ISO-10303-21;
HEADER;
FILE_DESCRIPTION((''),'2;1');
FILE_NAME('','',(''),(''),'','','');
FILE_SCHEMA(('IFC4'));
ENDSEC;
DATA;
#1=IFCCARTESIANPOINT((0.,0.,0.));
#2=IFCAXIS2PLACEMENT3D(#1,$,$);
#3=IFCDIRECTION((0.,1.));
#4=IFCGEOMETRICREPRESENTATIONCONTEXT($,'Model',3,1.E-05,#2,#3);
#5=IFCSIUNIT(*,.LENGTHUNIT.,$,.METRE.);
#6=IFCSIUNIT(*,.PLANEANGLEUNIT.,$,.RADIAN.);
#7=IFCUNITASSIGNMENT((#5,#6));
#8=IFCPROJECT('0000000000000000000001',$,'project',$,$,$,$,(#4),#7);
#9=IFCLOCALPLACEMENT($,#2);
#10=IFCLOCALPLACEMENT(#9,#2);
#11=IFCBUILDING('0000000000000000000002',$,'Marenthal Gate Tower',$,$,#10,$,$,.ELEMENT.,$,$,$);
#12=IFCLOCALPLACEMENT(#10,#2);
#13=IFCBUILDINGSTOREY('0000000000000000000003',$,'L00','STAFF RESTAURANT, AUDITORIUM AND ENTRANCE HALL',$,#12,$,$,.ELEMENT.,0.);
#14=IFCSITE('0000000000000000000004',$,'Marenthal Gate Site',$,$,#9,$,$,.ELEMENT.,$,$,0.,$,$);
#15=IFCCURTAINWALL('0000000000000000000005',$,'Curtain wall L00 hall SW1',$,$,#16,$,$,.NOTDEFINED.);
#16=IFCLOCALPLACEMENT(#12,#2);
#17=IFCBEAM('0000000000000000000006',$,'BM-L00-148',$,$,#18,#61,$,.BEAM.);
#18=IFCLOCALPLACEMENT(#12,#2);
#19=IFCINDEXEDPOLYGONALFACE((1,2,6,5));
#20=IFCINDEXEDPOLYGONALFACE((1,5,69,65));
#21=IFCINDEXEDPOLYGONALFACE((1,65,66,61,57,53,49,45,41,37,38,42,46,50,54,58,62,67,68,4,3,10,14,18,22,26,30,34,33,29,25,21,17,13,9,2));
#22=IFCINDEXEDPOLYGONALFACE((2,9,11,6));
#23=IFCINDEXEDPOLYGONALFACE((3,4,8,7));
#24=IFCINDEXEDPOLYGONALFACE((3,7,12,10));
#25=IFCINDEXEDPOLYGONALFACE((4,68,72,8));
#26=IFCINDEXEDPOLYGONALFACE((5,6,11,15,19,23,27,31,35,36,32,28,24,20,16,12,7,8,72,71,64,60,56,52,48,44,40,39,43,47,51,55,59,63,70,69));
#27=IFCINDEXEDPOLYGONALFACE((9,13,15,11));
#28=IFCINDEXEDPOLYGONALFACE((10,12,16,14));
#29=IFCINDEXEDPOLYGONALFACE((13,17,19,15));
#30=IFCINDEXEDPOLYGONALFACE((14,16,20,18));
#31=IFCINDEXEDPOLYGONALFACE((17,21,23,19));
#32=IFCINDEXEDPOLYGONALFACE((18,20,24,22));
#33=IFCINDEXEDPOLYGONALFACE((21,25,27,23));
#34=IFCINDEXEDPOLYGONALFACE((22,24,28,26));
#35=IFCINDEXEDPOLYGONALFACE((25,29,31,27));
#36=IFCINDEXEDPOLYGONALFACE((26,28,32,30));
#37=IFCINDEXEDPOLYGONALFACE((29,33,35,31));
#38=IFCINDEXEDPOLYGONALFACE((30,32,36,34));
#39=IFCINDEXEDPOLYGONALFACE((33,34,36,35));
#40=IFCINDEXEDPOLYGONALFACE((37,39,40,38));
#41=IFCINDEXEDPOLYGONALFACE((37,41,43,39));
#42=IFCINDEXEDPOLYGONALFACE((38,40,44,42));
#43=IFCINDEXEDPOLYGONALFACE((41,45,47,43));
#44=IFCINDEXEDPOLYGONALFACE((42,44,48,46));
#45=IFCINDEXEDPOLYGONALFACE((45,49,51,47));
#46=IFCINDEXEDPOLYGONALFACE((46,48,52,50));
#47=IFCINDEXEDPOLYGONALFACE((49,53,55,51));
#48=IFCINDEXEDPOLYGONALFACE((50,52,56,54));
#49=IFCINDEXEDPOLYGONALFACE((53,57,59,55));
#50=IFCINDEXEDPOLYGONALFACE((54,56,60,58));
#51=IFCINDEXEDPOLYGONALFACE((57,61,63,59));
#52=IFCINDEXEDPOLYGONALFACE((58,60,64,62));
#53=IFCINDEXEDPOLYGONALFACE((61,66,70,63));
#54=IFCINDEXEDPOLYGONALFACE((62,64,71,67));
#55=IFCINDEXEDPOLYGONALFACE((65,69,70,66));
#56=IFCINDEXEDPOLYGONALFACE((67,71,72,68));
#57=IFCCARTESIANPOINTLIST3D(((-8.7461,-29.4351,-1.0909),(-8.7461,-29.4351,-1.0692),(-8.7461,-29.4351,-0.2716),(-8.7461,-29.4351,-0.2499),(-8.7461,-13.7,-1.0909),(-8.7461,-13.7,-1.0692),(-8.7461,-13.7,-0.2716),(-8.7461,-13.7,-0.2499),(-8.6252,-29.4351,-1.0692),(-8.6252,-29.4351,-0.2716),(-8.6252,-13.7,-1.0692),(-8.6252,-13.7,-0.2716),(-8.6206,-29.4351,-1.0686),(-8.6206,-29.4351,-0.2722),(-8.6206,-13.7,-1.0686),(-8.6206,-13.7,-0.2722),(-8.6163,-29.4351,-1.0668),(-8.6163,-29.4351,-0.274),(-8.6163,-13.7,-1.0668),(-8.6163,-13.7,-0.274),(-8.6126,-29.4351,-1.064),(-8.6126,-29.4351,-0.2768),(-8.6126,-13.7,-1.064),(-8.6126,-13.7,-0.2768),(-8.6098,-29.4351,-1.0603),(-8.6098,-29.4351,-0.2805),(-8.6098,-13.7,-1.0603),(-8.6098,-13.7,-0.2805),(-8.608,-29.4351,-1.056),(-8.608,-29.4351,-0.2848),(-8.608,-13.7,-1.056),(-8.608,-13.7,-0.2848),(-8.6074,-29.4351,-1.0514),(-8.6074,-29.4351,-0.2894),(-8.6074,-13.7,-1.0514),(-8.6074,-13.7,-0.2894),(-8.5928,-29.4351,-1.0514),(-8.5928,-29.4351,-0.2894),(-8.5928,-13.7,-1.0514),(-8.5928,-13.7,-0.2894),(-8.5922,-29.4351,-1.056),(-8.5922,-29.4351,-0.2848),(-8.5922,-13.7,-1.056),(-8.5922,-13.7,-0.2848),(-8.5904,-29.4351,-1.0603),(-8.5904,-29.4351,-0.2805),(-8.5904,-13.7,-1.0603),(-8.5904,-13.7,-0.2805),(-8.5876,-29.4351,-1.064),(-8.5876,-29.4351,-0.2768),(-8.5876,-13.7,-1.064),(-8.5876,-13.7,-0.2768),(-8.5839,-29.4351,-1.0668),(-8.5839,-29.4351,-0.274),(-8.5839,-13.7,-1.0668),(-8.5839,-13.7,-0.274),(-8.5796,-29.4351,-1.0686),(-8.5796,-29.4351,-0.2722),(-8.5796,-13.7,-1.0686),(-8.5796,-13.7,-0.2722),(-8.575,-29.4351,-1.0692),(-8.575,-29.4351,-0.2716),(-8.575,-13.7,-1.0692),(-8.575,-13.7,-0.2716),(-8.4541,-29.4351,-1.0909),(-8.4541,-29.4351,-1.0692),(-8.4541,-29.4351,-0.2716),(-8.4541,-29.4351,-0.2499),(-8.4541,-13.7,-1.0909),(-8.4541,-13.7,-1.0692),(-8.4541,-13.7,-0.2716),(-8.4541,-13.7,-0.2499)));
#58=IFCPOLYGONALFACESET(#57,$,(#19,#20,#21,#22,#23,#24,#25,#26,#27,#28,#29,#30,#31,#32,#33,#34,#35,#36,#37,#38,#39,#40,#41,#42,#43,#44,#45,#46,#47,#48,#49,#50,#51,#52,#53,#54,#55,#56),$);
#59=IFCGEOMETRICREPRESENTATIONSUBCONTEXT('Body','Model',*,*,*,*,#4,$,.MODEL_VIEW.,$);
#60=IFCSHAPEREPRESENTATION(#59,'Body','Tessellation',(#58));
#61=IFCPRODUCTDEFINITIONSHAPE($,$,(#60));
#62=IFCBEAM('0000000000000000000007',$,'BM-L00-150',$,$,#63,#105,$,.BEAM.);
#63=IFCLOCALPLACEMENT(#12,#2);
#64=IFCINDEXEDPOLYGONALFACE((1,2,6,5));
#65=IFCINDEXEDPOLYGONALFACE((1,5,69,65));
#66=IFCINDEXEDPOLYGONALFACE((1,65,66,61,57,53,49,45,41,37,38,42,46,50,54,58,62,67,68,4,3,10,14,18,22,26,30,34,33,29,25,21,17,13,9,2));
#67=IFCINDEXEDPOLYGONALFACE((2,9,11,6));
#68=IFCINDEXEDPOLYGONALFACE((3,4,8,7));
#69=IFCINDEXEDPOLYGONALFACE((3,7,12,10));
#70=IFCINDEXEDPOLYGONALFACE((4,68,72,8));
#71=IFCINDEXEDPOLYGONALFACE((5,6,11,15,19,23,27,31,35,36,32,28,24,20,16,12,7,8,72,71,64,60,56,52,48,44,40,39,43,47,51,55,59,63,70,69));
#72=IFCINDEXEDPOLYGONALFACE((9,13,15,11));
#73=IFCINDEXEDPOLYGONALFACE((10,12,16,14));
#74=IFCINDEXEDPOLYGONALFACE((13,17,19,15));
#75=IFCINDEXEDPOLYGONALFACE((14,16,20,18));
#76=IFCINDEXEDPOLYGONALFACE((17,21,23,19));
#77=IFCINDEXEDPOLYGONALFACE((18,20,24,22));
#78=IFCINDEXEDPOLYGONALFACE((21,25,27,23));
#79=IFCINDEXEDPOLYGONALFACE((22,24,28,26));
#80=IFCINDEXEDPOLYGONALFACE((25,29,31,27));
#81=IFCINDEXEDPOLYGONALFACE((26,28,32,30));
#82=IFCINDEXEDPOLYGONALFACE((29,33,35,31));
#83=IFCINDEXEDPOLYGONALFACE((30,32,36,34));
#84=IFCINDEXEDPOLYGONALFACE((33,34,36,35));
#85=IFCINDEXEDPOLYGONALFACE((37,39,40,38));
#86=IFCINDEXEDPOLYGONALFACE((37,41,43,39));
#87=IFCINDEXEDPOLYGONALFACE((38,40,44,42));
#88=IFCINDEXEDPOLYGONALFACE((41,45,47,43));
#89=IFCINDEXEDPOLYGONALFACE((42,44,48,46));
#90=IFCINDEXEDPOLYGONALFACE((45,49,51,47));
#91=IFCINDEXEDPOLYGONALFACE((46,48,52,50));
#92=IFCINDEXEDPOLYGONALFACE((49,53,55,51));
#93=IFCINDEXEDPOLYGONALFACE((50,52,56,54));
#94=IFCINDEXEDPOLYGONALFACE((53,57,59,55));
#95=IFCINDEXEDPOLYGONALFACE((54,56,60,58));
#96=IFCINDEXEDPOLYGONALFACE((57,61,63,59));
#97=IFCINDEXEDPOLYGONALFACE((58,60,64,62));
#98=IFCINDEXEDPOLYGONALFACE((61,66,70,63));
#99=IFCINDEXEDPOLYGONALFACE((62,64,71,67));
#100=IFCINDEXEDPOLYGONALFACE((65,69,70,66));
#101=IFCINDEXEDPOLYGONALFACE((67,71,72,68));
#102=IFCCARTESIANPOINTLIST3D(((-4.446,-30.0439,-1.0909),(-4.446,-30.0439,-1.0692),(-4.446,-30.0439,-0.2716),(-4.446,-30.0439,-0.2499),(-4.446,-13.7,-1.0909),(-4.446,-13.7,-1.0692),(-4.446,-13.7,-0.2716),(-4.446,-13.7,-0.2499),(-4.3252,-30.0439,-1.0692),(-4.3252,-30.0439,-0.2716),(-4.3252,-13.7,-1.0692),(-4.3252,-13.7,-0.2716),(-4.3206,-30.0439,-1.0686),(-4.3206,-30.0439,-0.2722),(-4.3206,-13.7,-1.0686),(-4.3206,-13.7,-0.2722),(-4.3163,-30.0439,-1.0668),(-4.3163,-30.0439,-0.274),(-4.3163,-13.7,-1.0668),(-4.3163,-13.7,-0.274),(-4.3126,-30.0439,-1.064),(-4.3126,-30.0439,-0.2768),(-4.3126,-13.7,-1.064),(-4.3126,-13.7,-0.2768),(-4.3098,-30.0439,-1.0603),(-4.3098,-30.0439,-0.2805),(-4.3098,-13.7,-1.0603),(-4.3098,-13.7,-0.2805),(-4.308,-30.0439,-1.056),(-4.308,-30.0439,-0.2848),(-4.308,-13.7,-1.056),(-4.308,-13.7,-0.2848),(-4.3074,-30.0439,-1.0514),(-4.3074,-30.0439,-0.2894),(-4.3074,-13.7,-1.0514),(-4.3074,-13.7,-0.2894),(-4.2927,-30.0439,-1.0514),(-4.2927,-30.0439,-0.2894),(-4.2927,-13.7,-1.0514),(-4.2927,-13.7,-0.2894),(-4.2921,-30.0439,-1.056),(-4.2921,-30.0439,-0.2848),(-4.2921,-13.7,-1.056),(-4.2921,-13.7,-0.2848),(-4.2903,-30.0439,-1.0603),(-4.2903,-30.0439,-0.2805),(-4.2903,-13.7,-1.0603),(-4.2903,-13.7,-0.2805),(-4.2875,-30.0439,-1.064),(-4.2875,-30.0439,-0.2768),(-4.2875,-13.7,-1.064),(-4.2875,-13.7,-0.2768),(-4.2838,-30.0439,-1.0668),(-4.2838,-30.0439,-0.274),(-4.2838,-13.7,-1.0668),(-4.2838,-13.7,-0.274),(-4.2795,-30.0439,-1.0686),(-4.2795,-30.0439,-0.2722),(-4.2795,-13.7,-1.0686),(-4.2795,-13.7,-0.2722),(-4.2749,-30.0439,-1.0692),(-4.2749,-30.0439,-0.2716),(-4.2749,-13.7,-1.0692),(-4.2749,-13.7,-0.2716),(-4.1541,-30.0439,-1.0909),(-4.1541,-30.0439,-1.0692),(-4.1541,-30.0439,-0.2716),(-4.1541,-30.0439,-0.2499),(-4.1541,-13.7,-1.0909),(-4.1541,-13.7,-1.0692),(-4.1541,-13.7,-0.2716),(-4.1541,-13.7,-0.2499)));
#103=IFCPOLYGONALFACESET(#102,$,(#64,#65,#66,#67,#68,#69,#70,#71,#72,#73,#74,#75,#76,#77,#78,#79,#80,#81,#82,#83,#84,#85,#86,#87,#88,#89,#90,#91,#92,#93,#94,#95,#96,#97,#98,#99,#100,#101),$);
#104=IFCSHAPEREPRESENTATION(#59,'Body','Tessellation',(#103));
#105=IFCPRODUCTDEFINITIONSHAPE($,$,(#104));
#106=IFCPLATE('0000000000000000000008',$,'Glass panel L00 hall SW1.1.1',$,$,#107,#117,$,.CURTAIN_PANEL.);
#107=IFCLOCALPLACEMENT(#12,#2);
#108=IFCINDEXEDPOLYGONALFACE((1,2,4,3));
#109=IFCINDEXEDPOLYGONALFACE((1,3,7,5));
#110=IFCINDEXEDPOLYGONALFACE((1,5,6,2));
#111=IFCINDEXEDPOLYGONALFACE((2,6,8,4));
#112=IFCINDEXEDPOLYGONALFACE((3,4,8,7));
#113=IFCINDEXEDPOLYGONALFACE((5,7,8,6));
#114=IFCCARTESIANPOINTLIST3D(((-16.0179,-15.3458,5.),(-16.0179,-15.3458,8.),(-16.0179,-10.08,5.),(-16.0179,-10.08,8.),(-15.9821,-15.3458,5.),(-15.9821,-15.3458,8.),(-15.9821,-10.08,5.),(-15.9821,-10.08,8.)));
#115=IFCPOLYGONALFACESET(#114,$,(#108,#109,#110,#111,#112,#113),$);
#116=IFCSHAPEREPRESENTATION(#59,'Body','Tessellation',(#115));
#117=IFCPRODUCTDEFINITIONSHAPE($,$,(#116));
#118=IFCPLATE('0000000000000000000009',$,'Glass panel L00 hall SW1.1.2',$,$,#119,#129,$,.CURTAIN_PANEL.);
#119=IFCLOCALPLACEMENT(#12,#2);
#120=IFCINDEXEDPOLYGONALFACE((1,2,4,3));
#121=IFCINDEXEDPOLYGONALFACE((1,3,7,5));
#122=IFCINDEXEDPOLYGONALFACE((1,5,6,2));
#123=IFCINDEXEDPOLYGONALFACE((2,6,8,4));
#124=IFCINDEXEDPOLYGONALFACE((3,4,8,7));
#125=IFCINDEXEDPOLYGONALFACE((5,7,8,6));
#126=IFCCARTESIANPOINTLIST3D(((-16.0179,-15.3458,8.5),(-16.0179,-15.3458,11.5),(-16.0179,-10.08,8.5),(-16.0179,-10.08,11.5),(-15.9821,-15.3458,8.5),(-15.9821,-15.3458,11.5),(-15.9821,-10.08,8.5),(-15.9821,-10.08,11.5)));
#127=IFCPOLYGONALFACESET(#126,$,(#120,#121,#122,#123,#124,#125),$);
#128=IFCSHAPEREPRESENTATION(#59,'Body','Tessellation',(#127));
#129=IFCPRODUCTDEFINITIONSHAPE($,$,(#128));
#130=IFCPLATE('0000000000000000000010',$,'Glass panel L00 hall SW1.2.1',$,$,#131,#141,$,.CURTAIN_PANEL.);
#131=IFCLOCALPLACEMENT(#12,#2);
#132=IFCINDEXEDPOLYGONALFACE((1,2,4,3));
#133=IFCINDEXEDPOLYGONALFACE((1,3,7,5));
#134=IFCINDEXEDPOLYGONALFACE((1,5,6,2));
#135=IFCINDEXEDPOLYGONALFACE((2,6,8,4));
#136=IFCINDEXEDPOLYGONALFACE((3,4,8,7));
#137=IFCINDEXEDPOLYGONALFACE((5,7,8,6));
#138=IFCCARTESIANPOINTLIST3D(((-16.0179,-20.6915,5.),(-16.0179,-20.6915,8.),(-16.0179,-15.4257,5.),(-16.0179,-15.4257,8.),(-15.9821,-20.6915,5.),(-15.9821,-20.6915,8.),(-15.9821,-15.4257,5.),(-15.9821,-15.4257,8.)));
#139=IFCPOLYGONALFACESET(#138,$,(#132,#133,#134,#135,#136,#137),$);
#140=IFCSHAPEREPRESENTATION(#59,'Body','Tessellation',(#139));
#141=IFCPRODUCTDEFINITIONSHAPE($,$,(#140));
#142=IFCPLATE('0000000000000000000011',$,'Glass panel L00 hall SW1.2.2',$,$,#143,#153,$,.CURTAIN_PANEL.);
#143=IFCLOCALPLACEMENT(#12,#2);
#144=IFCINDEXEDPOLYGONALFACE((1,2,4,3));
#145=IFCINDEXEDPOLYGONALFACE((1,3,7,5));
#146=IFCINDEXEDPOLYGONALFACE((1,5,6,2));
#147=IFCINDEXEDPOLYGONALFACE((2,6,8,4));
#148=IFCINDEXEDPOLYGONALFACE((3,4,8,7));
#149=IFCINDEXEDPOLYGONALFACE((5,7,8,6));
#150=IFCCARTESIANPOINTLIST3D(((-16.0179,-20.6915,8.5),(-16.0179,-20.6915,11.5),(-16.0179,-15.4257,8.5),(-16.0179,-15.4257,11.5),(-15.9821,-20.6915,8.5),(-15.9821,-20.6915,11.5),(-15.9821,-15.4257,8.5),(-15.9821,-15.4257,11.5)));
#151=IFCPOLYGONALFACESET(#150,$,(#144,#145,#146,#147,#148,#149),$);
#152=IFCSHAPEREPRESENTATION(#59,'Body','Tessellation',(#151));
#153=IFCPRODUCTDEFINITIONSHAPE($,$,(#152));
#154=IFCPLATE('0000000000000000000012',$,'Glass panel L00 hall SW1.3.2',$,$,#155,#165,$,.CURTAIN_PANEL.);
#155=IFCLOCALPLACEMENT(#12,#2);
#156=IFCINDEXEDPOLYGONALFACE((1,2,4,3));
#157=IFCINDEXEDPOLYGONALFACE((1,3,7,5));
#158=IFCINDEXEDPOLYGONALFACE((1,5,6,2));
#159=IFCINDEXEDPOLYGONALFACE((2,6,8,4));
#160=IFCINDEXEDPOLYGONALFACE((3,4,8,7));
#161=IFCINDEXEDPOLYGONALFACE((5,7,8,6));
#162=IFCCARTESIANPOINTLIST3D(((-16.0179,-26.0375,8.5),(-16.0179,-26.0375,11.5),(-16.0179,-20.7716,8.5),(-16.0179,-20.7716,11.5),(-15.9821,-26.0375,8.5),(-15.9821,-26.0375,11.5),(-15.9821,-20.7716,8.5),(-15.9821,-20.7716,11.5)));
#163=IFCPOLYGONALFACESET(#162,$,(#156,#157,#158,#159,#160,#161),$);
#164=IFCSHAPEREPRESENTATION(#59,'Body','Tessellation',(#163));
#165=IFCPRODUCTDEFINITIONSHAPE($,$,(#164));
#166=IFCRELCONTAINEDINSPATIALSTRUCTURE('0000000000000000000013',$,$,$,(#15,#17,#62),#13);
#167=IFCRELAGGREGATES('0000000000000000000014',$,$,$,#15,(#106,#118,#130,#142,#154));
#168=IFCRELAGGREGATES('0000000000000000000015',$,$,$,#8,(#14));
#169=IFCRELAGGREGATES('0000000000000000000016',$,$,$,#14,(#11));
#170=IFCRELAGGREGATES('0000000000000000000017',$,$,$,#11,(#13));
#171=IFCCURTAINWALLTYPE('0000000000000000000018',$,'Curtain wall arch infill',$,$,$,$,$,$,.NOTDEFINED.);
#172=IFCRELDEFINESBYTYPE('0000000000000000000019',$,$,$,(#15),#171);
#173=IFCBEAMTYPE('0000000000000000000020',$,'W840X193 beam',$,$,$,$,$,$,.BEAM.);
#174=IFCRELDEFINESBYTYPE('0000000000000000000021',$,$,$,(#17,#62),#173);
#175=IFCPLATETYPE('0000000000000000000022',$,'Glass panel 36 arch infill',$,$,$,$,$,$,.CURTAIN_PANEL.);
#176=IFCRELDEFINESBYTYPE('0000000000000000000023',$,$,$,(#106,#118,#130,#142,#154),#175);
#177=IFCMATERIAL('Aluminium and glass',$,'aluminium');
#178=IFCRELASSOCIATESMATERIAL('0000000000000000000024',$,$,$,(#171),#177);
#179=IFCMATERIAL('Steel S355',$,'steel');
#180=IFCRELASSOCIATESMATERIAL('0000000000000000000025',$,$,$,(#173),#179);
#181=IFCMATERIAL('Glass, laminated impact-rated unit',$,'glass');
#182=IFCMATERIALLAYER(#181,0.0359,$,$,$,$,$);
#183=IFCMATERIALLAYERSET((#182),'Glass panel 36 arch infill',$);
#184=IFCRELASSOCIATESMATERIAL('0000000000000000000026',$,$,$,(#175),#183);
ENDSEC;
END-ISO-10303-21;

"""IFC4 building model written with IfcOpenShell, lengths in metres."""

from ifc_helpers import new_model, si_unit, direction, frame, origin, origin_2d, place, context, subcontext, project, spatial, rectangle, i_section, extrude, material, layer, layer_set, material_profile, profile_set, type_object, element, aggregate, save


model = new_model("IFC4")

# Units and contexts
model_context = context("Model", 3, precision=1e-05, world=origin(), true_north=direction((0.0, 1.0)))
body_context = subcontext(model_context, "Body", "Model", "MODEL_VIEW")
ifc_project = project(units=[si_unit("LENGTHUNIT", "METRE"), si_unit("PLANEANGLEUNIT", "RADIAN")], contexts=[model_context])

# Site, building, storey
site_placement = place(None, origin())
site = spatial("IfcSite", under=ifc_project, at=site_placement, Name="Marenthal Gate Site", CompositionType="ELEMENT", RefElevation=0.0)
building_placement = place(site_placement, origin())
building = spatial("IfcBuilding", under=site, at=building_placement, Name="Marenthal Gate Tower", CompositionType="ELEMENT")
storey_placement = place(building_placement, origin())
storey = spatial("IfcBuildingStorey", under=building, at=storey_placement, Name="L00", Description="STAFF RESTAURANT, AUDITORIUM AND ENTRANCE HALL", CompositionType="ELEMENT", Elevation=0.0)

# Curtain wall
ifc_material_1 = material(Name="Aluminium and glass", Category="aluminium")
curtain_wall_type = type_object("IfcCurtainWallType", Name="Curtain wall arch infill", PredefinedType="NOTDEFINED", material=ifc_material_1)
curtain_wall_placement = place(storey_placement, origin())
curtain_wall = element("IfcCurtainWall", 1, at=curtain_wall_placement, inside=storey, type_object=curtain_wall_type, Name="Curtain wall L00 hall SW1", PredefinedType="NOTDEFINED")

# Beams
ifc_material_2 = material(Name="Steel S355", Category="steel")
ifc_material_profile_1 = material_profile(ifc_material_2, i_section(OverallWidth=0.292, OverallDepth=0.8411, WebThickness=0.0146, FlangeThickness=0.0217, FilletRadius=0.0178, at=origin_2d()), Name="W840X193")
ifc_profile_set_1 = profile_set([ifc_material_profile_1], Name="Steel S355")
beam_type_1 = type_object("IfcBeamType", Name="W840X193 beam", PredefinedType="BEAM", material=ifc_profile_set_1)
beam_1_placement = place(storey_placement, frame((-8.6001, -13.7, -0.6704), z_axis=(0.0, -1.0, 0.0), x_axis=(1.0, 0.0, 0.0)))
element("IfcBeam", 2, at=beam_1_placement, inside=storey, type_object=beam_type_1, Name="BM-L00-148", PredefinedType="BEAM", context=body_context, shape_type="SweptSolid", body=[
    extrude(i_section(OverallWidth=0.292, OverallDepth=0.8411, WebThickness=0.0146, FlangeThickness=0.0217, FilletRadius=0.0178, at=origin_2d()), origin(), (0.0, 0.0, 1.0), 15.7351),
])
beam_2_placement = place(storey_placement, frame((-4.3, -13.7, -0.6704), z_axis=(0.0, -1.0, 0.0), x_axis=(1.0, 0.0, 0.0)))
element("IfcBeam", 3, at=beam_2_placement, inside=storey, type_object=beam_type_1, Name="BM-L00-150", PredefinedType="BEAM", context=body_context, shape_type="SweptSolid", body=[
    extrude(i_section(OverallWidth=0.292, OverallDepth=0.8411, WebThickness=0.0146, FlangeThickness=0.0217, FilletRadius=0.0178, at=origin_2d()), origin(), (0.0, 0.0, 1.0), 16.344),
])

# Plates
ifc_material_3 = material(Name="Glass, laminated impact-rated unit", Category="glass")
ifc_layer_1 = layer(ifc_material_3, 0.0359)
ifc_layer_set_1 = layer_set([ifc_layer_1], Name="Glass panel 36 arch infill")
plate_type = type_object("IfcPlateType", Name="Glass panel 36 arch infill", PredefinedType="CURTAIN_PANEL", material=ifc_layer_set_1)
plate_1_placement = place(storey_placement, frame((-16.0, -12.7129, 5.0), z_axis=(0.0, 0.0, 1.0), x_axis=(0.0, -1.0, 0.0)))
plate_1 = element("IfcPlate", 4, at=plate_1_placement, type_object=plate_type, Name="Glass panel L00 hall SW1.1.1", PredefinedType="CURTAIN_PANEL", context=body_context, shape_type="SweptSolid", body=[
    extrude(rectangle(XDim=5.2659, YDim=0.0359, at=origin_2d()), origin(), (0.0, 0.0, 1.0), 3.0),
])
plate_2_placement = place(storey_placement, frame((-16.0, -12.7129, 8.5), z_axis=(0.0, 0.0, 1.0), x_axis=(0.0, -1.0, 0.0)))
plate_2 = element("IfcPlate", 5, at=plate_2_placement, type_object=plate_type, Name="Glass panel L00 hall SW1.1.2", PredefinedType="CURTAIN_PANEL", context=body_context, shape_type="SweptSolid", body=[
    extrude(rectangle(XDim=5.2659, YDim=0.0359, at=origin_2d()), origin(), (0.0, 0.0, 1.0), 3.0),
])
plate_3_placement = place(storey_placement, frame((-16.0, -18.0586, 5.0), z_axis=(0.0, 0.0, 1.0), x_axis=(0.0, -1.0, 0.0)))
plate_3 = element("IfcPlate", 6, at=plate_3_placement, type_object=plate_type, Name="Glass panel L00 hall SW1.2.1", PredefinedType="CURTAIN_PANEL", context=body_context, shape_type="SweptSolid", body=[
    extrude(rectangle(XDim=5.2659, YDim=0.0359, at=origin_2d()), origin(), (0.0, 0.0, 1.0), 3.0),
])
plate_4_placement = place(storey_placement, frame((-16.0, -18.0586, 8.5), z_axis=(0.0, 0.0, 1.0), x_axis=(0.0, -1.0, 0.0)))
plate_4 = element("IfcPlate", 7, at=plate_4_placement, type_object=plate_type, Name="Glass panel L00 hall SW1.2.2", PredefinedType="CURTAIN_PANEL", context=body_context, shape_type="SweptSolid", body=[
    extrude(rectangle(XDim=5.2659, YDim=0.0359, at=origin_2d()), origin(), (0.0, 0.0, 1.0), 3.0),
])
plate_5_placement = place(storey_placement, frame((-16.0, -23.4045, 8.5), z_axis=(0.0, 0.0, 1.0), x_axis=(0.0, -1.0, 0.0)))
plate_5 = element("IfcPlate", 8, at=plate_5_placement, type_object=plate_type, Name="Glass panel L00 hall SW1.3.2", PredefinedType="CURTAIN_PANEL", context=body_context, shape_type="SweptSolid", body=[
    extrude(rectangle(XDim=5.2659, YDim=0.0359, at=origin_2d()), origin(), (0.0, 0.0, 1.0), 3.0),
])
aggregate(curtain_wall, [plate_1, plate_2, plate_3, plate_4, plate_5])

save(model, "model.ifc")
